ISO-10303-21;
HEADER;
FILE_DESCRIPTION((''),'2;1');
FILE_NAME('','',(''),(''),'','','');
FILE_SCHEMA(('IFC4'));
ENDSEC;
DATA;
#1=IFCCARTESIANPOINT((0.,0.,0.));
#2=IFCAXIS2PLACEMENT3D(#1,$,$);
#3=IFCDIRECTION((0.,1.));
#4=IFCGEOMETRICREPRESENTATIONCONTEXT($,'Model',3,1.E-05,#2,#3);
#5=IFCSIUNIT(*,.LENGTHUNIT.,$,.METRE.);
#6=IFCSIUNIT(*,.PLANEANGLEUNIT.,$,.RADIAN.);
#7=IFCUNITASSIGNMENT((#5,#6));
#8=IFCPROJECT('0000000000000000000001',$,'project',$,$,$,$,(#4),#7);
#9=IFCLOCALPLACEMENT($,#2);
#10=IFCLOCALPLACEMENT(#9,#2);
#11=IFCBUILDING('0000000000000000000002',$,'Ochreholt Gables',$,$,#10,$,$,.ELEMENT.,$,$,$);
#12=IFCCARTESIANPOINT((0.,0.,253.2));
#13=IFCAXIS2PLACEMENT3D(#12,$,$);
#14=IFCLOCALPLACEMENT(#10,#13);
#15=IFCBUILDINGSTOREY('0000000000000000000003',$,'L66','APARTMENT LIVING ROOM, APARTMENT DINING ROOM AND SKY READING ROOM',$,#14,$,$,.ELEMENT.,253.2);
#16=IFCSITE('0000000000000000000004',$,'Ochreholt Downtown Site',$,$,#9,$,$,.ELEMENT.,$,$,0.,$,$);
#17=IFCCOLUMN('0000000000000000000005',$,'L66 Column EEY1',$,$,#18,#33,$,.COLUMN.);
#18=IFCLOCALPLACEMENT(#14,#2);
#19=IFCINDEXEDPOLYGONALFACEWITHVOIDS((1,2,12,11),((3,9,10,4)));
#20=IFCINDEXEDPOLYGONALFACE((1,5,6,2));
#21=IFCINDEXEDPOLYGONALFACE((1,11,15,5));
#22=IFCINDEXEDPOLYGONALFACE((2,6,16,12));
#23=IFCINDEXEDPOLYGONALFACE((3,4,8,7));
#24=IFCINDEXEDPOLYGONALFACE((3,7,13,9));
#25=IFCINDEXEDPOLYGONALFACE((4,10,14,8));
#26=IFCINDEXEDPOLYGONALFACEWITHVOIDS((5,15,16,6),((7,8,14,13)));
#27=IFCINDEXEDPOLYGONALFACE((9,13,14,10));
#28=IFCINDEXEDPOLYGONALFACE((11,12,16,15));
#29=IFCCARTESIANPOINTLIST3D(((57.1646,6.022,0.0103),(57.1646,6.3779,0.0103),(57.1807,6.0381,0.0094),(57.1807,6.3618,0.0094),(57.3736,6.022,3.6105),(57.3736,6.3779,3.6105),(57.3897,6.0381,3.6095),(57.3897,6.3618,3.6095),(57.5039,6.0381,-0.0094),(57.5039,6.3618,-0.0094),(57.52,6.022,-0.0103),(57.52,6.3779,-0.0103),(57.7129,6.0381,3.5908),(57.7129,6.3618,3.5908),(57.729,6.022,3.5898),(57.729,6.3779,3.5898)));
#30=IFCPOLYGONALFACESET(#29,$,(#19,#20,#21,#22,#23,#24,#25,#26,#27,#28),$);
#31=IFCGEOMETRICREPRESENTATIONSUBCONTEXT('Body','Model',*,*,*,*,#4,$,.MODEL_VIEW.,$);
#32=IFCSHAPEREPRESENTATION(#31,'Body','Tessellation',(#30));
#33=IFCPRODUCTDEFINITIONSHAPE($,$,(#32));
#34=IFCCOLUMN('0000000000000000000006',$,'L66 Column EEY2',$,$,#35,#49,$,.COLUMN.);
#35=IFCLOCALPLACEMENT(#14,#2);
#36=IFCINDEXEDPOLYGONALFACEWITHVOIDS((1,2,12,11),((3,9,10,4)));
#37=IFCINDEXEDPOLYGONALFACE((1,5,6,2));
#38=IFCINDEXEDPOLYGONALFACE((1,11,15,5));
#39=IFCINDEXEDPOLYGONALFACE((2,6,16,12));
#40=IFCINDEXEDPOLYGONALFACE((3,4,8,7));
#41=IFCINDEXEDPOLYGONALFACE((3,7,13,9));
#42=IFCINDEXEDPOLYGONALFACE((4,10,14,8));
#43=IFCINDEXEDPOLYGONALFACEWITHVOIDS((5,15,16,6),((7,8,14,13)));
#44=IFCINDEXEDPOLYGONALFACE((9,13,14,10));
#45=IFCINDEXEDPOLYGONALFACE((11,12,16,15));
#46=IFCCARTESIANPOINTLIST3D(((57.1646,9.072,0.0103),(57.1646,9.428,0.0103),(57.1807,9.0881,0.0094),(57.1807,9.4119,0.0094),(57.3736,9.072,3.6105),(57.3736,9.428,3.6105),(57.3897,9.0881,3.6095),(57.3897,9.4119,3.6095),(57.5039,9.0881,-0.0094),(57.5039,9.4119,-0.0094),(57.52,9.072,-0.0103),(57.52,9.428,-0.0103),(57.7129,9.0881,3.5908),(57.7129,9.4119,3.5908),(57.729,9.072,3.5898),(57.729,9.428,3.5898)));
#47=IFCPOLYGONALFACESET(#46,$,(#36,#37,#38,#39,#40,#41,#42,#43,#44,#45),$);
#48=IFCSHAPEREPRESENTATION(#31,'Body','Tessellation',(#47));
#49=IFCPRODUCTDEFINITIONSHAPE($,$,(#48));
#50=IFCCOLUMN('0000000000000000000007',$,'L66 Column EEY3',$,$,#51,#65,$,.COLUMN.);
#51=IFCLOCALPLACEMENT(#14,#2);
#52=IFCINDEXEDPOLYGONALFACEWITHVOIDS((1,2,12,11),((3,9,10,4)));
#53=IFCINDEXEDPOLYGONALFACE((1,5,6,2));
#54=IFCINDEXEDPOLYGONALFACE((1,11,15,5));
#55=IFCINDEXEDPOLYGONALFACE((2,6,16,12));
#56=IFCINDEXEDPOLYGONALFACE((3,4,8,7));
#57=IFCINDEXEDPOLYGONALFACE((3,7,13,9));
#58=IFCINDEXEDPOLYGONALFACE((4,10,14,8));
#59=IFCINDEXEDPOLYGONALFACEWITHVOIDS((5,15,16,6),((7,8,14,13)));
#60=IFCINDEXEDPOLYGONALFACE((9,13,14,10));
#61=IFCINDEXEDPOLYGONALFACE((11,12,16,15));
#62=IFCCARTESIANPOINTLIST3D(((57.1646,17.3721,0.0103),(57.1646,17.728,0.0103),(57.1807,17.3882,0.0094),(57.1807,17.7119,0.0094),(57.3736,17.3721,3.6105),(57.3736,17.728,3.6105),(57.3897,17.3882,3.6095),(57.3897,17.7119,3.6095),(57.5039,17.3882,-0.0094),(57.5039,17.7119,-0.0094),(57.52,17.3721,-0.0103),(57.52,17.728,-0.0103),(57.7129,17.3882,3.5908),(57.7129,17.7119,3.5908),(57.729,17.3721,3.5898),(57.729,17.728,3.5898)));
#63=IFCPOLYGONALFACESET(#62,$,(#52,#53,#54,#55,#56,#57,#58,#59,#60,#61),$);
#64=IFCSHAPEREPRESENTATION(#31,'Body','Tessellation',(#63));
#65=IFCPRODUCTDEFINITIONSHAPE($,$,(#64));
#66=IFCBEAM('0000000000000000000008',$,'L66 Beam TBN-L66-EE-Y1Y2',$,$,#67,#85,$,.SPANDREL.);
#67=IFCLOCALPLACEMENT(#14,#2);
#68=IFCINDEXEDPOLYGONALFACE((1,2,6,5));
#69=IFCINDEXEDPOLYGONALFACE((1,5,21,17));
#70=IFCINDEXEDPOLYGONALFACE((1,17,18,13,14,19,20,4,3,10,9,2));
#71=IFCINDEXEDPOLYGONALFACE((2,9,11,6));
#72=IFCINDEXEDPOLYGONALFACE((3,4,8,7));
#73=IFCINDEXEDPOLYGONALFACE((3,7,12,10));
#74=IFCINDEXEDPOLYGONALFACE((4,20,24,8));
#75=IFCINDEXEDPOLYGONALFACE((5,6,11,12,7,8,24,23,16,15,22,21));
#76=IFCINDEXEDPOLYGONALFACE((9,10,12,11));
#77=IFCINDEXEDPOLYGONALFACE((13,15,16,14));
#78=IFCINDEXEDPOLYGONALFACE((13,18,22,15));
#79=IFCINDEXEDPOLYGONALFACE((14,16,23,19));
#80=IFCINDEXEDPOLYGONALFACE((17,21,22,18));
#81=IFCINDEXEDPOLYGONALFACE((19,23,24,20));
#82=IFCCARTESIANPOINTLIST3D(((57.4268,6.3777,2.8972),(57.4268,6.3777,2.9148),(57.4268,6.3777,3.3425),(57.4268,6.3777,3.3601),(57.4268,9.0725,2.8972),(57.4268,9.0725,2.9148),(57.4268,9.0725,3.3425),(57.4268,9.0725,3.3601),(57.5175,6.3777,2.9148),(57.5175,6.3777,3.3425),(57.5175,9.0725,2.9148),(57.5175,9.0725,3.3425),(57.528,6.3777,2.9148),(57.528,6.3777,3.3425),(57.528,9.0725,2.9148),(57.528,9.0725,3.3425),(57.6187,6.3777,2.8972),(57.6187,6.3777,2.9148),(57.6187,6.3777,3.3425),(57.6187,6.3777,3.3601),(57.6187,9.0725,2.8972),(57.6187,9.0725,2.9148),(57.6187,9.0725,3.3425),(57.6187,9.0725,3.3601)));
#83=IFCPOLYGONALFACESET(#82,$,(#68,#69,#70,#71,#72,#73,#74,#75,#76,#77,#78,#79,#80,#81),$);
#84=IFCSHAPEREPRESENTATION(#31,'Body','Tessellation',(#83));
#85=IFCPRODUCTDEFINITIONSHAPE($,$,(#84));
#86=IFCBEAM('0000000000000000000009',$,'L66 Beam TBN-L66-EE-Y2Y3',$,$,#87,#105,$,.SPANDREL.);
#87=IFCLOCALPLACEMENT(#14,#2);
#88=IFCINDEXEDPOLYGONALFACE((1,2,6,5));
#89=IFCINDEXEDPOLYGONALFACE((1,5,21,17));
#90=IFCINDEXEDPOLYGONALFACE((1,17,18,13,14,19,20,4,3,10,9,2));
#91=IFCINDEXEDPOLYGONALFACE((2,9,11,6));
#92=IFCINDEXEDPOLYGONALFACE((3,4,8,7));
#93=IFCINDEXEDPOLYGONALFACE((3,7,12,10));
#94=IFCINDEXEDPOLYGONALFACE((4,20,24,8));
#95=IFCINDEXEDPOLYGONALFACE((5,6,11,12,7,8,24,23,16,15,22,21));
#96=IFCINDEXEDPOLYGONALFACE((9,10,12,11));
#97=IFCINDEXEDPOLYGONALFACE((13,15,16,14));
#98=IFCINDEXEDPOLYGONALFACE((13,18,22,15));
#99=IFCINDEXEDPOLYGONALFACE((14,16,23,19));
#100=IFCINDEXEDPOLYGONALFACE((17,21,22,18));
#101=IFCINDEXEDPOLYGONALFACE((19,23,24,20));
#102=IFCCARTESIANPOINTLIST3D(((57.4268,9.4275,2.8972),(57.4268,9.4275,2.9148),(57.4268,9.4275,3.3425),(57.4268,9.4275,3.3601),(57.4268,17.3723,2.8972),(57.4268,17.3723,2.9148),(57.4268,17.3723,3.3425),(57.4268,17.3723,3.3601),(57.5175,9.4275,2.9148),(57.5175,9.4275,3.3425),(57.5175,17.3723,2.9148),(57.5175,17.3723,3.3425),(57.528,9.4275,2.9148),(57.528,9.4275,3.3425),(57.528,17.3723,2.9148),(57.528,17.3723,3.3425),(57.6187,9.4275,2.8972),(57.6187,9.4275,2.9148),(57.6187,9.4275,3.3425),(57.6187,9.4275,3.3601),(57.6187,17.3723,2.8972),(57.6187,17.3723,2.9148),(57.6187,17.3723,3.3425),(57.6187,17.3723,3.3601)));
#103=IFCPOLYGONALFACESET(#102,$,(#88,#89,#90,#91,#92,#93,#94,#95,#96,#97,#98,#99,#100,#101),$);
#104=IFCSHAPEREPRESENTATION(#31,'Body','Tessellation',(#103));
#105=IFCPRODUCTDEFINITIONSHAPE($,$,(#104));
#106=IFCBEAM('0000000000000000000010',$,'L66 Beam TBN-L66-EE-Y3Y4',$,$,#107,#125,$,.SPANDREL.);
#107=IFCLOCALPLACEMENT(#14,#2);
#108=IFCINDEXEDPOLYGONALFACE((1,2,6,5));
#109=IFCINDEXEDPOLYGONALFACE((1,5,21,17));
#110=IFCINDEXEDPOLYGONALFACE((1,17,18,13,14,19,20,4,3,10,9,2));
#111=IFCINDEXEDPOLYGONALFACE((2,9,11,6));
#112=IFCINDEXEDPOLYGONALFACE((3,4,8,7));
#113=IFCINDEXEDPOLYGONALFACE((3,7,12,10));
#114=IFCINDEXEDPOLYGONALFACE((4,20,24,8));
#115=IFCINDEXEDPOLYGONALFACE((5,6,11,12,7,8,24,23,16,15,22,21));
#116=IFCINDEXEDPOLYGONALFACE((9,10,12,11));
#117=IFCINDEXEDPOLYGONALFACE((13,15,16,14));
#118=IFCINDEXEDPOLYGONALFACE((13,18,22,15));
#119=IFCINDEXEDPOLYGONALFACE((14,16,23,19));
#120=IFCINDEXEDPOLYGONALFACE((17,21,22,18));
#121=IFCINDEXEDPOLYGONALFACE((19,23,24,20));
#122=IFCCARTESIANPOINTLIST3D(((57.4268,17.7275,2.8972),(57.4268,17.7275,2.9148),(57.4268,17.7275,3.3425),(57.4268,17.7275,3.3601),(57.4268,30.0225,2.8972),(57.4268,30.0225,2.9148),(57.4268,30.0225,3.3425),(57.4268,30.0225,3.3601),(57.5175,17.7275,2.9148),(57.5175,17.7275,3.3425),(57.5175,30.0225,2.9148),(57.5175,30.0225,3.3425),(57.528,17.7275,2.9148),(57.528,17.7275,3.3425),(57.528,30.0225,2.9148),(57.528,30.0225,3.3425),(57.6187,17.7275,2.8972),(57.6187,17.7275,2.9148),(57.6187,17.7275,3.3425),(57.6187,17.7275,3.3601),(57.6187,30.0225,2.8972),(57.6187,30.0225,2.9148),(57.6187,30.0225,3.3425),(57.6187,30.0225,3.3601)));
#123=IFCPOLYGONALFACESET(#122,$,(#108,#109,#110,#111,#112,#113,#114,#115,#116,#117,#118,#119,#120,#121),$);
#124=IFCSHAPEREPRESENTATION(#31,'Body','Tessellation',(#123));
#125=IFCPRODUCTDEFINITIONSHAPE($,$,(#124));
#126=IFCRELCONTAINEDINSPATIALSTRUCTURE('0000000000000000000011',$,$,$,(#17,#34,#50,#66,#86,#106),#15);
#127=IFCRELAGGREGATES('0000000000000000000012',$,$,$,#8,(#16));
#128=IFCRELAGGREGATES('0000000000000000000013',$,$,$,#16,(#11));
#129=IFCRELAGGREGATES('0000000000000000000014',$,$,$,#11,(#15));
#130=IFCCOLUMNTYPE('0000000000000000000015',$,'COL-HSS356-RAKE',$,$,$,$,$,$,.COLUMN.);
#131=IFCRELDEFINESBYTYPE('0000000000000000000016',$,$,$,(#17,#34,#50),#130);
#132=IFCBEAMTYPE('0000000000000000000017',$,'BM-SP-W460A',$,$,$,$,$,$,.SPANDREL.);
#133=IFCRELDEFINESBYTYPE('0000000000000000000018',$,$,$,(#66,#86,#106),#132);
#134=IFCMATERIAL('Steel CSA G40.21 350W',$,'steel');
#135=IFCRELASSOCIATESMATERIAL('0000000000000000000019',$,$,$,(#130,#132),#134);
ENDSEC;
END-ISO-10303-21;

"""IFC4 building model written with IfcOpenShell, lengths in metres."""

from ifc_helpers import new_model, si_unit, direction, frame, origin, origin_2d, place, context, subcontext, project, spatial, hollow_rectangle, i_section, extrude, material, material_profile, profile_set, type_object, element, save


model = new_model("IFC4")

# Units and contexts
model_context = context("Model", 3, precision=1e-05, world=origin(), true_north=direction((0.0, 1.0)))
body_context = subcontext(model_context, "Body", "Model", "MODEL_VIEW")
ifc_project = project(units=[si_unit("LENGTHUNIT", "METRE"), si_unit("PLANEANGLEUNIT", "RADIAN")], contexts=[model_context])

# Site, building, storey
site_placement = place(None, origin())
site = spatial("IfcSite", under=ifc_project, at=site_placement, Name="Ochreholt Downtown Site", CompositionType="ELEMENT", RefElevation=0.0)
building_placement = place(site_placement, origin())
building = spatial("IfcBuilding", under=site, at=building_placement, Name="Ochreholt Gables", CompositionType="ELEMENT")
storey_placement = place(building_placement, frame((0.0, 0.0, 253.2)))
storey = spatial("IfcBuildingStorey", under=building, at=storey_placement, Name="L66", Description="APARTMENT LIVING ROOM, APARTMENT DINING ROOM AND SKY READING ROOM", CompositionType="ELEMENT", Elevation=253.2)

# Columns
ifc_material_1 = material(Name="Steel CSA G40.21 350W", Category="steel")
ifc_material_profile_1 = material_profile(ifc_material_1, hollow_rectangle(XDim=0.356, YDim=0.356, WallThickness=0.0161, at=origin_2d()), Name="HSS356X356X16")
ifc_profile_set_1 = profile_set([ifc_material_profile_1], Name="Steel CSA G40.21 350W")
column_type = type_object("IfcColumnType", Name="COL-HSS356-RAKE", PredefinedType="COLUMN", material=ifc_profile_set_1)
for number, where, z_axis, x_axis, name in (
    (1, (57.3423, 6.2, 0.0), (0.057952, 0.0, 0.998319), (0.0, 1.0, 0.0), "L66 Column EEY1"),
    (2, (57.3423, 9.25, 0.0), (0.057952, 0.0, 0.998319), (0.0, 1.0, 0.0), "L66 Column EEY2"),
    (3, (57.3423, 17.55, 0.0), (0.057952, 0.0, 0.998319), (0.0, 1.0, 0.0), "L66 Column EEY3"),
):
    element("IfcColumn", number, at=place(storey_placement, frame(where, z_axis=z_axis, x_axis=x_axis)), inside=storey, type_object=column_type, Name=name, PredefinedType="COLUMN", context=body_context, shape_type="SweptSolid", body=[
        extrude(hollow_rectangle(XDim=0.356, YDim=0.356, WallThickness=0.0161, at=origin_2d()), origin(), (0.0, 0.0, 1.0), 3.6062),
    ])

# Beams
ifc_material_profile_2 = material_profile(ifc_material_1, i_section(OverallWidth=0.1919, OverallDepth=0.4629, WebThickness=0.0105, FlangeThickness=0.0176, at=origin_2d()), Name="W460X89")
ifc_profile_set_2 = profile_set([ifc_material_profile_2], Name="Steel CSA G40.21 350W")
beam_type = type_object("IfcBeamType", Name="BM-SP-W460A", PredefinedType="SPANDREL", material=ifc_profile_set_2)
beam_1_placement = place(storey_placement, frame((57.5227, 6.3777, 3.1287), z_axis=(0.0, 1.0, 0.0), x_axis=(-1.0, 0.0, 0.0)))
element("IfcBeam", 4, at=beam_1_placement, inside=storey, type_object=beam_type, Name="L66 Beam TBN-L66-EE-Y1Y2", PredefinedType="SPANDREL", context=body_context, shape_type="SweptSolid", body=[
    extrude(i_section(OverallWidth=0.1919, OverallDepth=0.4629, WebThickness=0.0105, FlangeThickness=0.0176, at=origin_2d()), origin(), (0.0, 0.0, 1.0), 2.6948),
])
beam_2_placement = place(storey_placement, frame((57.5227, 9.4275, 3.1287), z_axis=(0.0, 1.0, 0.0), x_axis=(-1.0, 0.0, 0.0)))
element("IfcBeam", 5, at=beam_2_placement, inside=storey, type_object=beam_type, Name="L66 Beam TBN-L66-EE-Y2Y3", PredefinedType="SPANDREL", context=body_context, shape_type="SweptSolid", body=[
    extrude(i_section(OverallWidth=0.1919, OverallDepth=0.4629, WebThickness=0.0105, FlangeThickness=0.0176, at=origin_2d()), origin(), (0.0, 0.0, 1.0), 7.9448),
])
beam_3_placement = place(storey_placement, frame((57.5227, 17.7275, 3.1287), z_axis=(0.0, 1.0, 0.0), x_axis=(-1.0, 0.0, 0.0)))
element("IfcBeam", 6, at=beam_3_placement, inside=storey, type_object=beam_type, Name="L66 Beam TBN-L66-EE-Y3Y4", PredefinedType="SPANDREL", context=body_context, shape_type="SweptSolid", body=[
    extrude(i_section(OverallWidth=0.1919, OverallDepth=0.4629, WebThickness=0.0105, FlangeThickness=0.0176, at=origin_2d()), origin(), (0.0, 0.0, 1.0), 12.2949),
])

save(model, "model.ifc")
